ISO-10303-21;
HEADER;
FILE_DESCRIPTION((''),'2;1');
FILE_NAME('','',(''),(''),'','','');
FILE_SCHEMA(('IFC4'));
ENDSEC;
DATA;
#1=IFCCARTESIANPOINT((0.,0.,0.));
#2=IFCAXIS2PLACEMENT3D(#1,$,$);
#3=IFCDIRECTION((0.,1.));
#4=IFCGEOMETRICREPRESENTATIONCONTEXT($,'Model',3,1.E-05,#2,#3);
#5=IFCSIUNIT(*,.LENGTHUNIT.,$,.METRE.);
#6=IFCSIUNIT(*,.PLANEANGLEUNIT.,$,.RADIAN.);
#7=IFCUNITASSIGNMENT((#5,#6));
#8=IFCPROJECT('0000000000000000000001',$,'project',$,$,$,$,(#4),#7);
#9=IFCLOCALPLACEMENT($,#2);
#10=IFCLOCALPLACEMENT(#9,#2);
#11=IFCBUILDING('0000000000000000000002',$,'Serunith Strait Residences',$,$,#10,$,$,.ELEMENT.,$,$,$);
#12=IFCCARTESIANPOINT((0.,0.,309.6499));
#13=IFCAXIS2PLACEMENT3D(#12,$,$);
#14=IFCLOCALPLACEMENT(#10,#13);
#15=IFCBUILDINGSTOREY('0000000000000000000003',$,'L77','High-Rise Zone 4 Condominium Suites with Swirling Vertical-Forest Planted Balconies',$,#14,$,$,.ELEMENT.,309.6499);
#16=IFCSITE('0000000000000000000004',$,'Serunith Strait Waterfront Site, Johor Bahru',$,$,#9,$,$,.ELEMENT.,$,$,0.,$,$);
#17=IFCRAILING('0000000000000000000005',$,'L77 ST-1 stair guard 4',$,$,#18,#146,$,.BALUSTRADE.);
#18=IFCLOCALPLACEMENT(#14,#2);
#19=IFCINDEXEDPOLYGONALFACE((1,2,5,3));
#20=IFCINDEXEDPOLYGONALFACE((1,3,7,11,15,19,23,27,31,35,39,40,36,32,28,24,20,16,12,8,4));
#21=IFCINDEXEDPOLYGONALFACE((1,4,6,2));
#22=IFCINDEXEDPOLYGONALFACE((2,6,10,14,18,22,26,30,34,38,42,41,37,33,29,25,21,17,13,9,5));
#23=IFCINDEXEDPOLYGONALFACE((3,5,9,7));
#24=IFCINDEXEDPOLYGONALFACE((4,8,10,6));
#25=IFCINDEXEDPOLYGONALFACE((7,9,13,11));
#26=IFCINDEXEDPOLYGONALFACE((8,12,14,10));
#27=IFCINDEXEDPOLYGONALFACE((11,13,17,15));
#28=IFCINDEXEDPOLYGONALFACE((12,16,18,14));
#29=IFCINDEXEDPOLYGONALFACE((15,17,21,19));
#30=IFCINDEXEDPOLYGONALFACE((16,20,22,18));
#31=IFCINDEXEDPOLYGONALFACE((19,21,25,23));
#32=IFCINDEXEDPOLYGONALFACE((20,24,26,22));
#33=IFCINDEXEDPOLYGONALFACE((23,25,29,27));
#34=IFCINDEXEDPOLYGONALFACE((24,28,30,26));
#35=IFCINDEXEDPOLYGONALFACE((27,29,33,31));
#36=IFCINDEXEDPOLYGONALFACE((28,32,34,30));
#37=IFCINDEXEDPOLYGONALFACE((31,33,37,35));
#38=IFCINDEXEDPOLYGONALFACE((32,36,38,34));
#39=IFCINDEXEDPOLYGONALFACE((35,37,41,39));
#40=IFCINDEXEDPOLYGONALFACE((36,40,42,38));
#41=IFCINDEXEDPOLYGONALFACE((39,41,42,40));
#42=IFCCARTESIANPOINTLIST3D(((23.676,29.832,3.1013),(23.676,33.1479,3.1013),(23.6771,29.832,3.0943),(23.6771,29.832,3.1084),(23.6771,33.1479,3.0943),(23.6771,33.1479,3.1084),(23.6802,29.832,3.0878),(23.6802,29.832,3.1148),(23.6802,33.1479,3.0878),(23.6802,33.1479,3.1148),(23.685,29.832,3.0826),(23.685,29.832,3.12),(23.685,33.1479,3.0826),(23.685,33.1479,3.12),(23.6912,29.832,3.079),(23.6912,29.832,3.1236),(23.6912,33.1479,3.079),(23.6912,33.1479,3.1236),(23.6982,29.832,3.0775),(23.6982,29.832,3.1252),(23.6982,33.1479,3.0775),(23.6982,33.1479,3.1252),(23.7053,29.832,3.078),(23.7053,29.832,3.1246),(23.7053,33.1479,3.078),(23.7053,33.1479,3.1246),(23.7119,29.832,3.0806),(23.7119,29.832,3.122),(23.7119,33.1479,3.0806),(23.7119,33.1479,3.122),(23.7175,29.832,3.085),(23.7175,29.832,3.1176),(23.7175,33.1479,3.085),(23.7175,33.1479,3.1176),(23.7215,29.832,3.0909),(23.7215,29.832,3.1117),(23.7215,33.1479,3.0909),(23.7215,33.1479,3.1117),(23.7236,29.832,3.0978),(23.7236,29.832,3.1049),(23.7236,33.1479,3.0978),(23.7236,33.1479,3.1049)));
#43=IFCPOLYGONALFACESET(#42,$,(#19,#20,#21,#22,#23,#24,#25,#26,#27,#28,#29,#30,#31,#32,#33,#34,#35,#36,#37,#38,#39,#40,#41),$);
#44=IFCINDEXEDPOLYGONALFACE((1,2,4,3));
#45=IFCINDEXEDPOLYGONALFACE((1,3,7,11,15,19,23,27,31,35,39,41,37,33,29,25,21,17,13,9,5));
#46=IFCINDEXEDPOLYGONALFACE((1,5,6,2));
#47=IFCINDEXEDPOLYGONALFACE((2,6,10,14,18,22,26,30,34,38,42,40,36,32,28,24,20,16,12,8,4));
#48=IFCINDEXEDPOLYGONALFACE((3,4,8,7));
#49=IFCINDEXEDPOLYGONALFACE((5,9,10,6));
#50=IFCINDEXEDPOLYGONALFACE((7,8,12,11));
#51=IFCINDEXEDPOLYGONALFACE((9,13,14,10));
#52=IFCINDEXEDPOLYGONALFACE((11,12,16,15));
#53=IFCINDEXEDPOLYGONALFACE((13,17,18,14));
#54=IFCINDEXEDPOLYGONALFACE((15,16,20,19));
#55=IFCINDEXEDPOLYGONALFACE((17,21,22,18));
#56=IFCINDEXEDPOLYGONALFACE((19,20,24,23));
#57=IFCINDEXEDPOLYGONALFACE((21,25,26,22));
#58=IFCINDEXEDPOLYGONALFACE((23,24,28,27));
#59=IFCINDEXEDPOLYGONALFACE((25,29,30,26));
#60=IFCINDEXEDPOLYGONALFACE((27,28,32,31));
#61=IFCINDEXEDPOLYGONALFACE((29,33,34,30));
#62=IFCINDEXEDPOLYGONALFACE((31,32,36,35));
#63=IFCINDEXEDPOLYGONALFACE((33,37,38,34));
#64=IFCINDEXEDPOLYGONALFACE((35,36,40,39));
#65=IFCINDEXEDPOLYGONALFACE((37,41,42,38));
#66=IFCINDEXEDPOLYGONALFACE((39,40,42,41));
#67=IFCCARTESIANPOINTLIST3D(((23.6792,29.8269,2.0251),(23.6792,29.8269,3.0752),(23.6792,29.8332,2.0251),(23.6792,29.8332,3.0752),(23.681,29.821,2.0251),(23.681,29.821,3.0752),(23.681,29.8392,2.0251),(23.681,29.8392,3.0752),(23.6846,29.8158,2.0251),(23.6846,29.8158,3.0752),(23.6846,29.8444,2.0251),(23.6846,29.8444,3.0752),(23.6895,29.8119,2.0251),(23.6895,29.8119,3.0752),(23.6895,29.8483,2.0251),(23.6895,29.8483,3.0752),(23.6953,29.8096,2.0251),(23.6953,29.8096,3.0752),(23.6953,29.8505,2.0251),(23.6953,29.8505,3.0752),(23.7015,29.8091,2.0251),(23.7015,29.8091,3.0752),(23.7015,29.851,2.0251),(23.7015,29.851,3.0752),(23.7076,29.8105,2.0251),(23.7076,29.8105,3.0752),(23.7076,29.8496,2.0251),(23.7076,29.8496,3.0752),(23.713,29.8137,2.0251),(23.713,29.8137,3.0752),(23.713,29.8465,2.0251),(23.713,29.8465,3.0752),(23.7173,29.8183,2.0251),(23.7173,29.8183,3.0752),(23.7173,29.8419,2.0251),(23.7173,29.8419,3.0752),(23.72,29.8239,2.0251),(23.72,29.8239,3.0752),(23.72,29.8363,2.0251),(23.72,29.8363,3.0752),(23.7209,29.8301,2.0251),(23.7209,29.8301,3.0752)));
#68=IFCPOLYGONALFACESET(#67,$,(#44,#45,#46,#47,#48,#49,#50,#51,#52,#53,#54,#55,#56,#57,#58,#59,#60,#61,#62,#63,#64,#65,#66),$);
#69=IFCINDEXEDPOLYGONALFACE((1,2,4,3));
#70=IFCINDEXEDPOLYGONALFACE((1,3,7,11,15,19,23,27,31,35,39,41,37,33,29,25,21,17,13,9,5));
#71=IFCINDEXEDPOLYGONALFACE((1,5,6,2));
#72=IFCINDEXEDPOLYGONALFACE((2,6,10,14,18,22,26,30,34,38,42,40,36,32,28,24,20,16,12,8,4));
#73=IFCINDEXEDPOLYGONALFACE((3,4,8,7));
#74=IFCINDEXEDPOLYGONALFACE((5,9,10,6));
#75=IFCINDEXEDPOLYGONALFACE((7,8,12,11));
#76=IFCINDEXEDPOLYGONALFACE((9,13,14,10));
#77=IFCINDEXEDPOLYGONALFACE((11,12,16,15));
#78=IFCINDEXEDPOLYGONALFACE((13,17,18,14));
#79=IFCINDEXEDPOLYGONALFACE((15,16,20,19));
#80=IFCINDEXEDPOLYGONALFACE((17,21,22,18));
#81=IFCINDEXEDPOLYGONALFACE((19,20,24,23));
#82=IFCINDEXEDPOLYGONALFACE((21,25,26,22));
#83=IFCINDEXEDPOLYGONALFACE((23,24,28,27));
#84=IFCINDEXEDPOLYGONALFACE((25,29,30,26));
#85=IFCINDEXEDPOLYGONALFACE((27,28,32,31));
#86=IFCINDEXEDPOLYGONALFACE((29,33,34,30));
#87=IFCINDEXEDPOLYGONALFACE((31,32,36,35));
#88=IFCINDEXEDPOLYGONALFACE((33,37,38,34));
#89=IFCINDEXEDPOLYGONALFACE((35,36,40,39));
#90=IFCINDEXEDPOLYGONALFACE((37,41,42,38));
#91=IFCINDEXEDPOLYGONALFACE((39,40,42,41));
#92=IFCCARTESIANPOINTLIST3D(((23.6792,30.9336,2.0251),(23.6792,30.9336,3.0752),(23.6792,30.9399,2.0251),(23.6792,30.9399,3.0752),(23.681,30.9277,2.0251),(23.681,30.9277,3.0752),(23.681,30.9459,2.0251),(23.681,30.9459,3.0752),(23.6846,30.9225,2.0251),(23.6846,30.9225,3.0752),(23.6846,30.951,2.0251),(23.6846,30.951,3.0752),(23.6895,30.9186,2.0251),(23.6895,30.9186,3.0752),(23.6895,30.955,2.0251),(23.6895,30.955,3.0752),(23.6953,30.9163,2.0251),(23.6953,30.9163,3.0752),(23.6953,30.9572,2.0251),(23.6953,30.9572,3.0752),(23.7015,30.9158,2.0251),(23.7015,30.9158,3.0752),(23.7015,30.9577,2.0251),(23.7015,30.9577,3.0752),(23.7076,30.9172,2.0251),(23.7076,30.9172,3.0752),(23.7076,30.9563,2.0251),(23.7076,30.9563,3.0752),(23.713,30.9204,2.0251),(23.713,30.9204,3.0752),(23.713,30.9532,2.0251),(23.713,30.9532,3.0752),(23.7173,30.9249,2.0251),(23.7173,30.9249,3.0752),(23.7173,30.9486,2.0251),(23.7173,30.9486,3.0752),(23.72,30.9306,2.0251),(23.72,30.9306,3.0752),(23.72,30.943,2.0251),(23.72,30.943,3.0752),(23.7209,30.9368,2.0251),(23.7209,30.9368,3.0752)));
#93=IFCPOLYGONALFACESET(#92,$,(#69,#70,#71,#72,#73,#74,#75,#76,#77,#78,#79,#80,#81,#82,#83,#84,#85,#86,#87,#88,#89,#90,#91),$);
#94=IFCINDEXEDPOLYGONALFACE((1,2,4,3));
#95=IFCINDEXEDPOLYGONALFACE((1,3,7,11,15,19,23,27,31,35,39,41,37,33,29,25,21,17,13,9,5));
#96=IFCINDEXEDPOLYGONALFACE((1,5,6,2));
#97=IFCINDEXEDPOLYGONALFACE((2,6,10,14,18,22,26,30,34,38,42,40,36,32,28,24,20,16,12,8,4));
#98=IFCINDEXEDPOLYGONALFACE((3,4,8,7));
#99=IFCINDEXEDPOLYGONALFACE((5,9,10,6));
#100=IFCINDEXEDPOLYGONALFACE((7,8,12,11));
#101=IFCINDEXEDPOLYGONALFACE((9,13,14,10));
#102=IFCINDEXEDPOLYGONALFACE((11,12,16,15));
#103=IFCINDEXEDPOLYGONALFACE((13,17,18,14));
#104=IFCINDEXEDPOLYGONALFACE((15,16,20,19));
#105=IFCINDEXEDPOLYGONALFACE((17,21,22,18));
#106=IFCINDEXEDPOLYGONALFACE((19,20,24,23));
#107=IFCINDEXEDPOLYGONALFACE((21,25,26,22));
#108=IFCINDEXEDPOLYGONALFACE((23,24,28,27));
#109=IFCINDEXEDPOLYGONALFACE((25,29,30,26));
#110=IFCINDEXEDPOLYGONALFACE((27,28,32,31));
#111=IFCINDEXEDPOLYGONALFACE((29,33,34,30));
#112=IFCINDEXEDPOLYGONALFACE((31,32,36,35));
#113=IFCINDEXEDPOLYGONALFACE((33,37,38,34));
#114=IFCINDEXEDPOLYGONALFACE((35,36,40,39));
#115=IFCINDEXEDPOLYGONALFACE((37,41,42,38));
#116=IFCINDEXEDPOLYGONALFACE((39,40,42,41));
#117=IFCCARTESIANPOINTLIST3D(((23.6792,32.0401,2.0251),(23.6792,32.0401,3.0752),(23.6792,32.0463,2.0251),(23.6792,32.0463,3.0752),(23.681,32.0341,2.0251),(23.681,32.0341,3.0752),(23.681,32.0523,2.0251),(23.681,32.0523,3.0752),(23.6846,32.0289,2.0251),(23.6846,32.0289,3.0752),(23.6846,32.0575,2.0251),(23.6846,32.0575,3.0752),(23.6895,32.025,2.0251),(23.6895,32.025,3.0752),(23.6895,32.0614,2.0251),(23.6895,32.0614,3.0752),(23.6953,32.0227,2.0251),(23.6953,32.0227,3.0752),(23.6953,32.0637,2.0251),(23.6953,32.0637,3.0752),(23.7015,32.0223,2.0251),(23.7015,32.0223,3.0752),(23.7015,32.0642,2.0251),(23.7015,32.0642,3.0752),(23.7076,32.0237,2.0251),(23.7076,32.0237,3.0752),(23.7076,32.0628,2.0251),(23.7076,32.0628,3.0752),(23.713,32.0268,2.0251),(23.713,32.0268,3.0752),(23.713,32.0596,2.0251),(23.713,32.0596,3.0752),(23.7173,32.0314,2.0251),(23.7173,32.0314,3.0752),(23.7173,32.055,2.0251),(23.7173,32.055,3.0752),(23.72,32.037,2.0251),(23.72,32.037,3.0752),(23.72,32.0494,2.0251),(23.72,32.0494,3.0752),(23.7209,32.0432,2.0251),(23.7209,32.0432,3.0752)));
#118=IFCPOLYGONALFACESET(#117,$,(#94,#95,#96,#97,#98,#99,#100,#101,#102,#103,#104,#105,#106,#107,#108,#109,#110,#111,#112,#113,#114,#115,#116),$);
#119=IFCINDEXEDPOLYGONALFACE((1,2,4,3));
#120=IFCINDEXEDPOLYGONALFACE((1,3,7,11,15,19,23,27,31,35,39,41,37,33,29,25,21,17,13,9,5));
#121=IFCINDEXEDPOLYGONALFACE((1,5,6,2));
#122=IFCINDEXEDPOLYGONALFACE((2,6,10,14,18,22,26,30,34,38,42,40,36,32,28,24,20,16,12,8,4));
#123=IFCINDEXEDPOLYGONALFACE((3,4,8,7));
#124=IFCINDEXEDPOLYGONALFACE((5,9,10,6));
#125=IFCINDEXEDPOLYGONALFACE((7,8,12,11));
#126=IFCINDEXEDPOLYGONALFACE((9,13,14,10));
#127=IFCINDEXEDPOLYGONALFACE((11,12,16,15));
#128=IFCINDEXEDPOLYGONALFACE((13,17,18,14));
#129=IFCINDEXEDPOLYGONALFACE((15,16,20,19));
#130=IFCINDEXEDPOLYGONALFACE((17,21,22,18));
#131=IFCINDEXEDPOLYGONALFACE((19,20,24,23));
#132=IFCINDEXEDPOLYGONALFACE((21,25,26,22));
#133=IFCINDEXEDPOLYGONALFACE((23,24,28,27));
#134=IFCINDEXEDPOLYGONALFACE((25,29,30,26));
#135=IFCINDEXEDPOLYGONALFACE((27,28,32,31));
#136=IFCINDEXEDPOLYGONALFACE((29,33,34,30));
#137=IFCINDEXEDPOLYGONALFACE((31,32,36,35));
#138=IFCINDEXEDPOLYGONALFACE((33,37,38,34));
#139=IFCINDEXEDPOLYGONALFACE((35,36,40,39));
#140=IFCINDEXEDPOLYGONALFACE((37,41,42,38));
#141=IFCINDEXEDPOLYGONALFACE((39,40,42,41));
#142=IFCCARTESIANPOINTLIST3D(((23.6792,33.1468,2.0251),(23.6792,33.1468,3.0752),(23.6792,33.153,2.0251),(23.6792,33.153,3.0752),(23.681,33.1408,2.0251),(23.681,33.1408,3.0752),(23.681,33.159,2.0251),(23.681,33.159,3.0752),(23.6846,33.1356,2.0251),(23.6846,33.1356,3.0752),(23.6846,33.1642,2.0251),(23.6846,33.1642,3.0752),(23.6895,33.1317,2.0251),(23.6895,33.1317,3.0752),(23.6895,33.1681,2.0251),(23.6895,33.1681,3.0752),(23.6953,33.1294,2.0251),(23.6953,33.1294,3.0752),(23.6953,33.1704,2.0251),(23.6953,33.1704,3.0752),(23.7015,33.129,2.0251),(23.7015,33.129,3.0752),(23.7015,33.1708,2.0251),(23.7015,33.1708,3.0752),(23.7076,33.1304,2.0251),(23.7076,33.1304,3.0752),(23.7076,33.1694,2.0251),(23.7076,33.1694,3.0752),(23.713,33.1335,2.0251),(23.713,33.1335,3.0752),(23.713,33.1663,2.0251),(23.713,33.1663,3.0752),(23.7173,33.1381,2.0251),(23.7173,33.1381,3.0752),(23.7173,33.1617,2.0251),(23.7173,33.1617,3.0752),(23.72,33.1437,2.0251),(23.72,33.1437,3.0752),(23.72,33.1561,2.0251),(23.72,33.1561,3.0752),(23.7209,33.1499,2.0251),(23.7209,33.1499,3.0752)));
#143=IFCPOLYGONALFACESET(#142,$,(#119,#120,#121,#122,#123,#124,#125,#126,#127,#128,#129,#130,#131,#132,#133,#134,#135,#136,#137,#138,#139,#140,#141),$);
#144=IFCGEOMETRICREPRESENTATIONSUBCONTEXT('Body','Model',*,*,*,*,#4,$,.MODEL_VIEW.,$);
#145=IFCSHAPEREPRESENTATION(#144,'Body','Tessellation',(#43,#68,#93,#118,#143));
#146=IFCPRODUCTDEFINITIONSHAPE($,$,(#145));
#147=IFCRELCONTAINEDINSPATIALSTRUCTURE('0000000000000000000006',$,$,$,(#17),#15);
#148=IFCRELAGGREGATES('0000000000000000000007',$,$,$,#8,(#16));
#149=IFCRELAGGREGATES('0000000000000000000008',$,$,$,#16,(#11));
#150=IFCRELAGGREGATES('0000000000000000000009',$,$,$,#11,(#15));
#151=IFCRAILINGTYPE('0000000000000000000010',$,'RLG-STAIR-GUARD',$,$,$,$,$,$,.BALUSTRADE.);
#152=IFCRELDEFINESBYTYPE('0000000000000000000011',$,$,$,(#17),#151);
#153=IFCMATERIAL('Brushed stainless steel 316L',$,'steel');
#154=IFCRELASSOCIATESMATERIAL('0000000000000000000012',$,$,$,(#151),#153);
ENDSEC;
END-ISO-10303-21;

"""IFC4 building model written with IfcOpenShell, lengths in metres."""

from ifc_helpers import new_model, si_unit, direction, frame, origin, origin_2d, place, context, subcontext, project, spatial, circle, extrude, material, type_object, element, save


model = new_model("IFC4")

# Units and contexts
model_context = context("Model", 3, precision=1e-05, world=origin(), true_north=direction((0.0, 1.0)))
body_context = subcontext(model_context, "Body", "Model", "MODEL_VIEW")
ifc_project = project(units=[si_unit("LENGTHUNIT", "METRE"), si_unit("PLANEANGLEUNIT", "RADIAN")], contexts=[model_context])

# Site, building, storey
site_placement = place(None, origin())
site = spatial("IfcSite", under=ifc_project, at=site_placement, Name="Serunith Strait Waterfront Site, Johor Bahru", CompositionType="ELEMENT", RefElevation=0.0)
building_placement = place(site_placement, origin())
building = spatial("IfcBuilding", under=site, at=building_placement, Name="Serunith Strait Residences", CompositionType="ELEMENT")
storey_placement = place(building_placement, frame((0.0, 0.0, 309.6499)))
storey = spatial("IfcBuildingStorey", under=building, at=storey_placement, Name="L77", Description="High-Rise Zone 4 Condominium Suites with Swirling Vertical-Forest Planted Balconies", CompositionType="ELEMENT", Elevation=309.6499)

# Railing
ifc_material_1 = material(Name="Brushed stainless steel 316L", Category="steel")
railing_type_1 = type_object("IfcRailingType", Name="RLG-STAIR-GUARD", PredefinedType="BALUSTRADE", material=ifc_material_1)
for number, where, name in (
    (1, (23.7, 29.8301, 2.0251), "L77 ST-1 stair guard 4"),
):
    element("IfcRailing", number, at=place(storey_placement, frame(where)), inside=storey, type_object=railing_type_1, Name=name, PredefinedType="BALUSTRADE", context=body_context, shape_type="SweptSolid", body=[
        extrude(circle(Radius=0.0239, at=origin_2d()), frame((0.0, 0.002, 1.0762), z_axis=(0.0, 1.0, 0.0), x_axis=(-1.0, 0.0, 0.0)), (0.0, 0.0, 1.0), 3.3159),
        extrude(circle(Radius=0.021, at=origin_2d()), origin(), (0.0, 0.0, 1.0), 1.05),
        extrude(circle(Radius=0.021, at=origin_2d()), frame((0.0, 1.1067, 0.0)), (0.0, 0.0, 1.0), 1.05),
        extrude(circle(Radius=0.021, at=origin_2d()), frame((0.0, 2.2131, 0.0)), (0.0, 0.0, 1.0), 1.05),
        extrude(circle(Radius=0.021, at=origin_2d()), frame((0.0, 3.3198, 0.0)), (0.0, 0.0, 1.0), 1.05),
    ])

save(model, "model.ifc")
